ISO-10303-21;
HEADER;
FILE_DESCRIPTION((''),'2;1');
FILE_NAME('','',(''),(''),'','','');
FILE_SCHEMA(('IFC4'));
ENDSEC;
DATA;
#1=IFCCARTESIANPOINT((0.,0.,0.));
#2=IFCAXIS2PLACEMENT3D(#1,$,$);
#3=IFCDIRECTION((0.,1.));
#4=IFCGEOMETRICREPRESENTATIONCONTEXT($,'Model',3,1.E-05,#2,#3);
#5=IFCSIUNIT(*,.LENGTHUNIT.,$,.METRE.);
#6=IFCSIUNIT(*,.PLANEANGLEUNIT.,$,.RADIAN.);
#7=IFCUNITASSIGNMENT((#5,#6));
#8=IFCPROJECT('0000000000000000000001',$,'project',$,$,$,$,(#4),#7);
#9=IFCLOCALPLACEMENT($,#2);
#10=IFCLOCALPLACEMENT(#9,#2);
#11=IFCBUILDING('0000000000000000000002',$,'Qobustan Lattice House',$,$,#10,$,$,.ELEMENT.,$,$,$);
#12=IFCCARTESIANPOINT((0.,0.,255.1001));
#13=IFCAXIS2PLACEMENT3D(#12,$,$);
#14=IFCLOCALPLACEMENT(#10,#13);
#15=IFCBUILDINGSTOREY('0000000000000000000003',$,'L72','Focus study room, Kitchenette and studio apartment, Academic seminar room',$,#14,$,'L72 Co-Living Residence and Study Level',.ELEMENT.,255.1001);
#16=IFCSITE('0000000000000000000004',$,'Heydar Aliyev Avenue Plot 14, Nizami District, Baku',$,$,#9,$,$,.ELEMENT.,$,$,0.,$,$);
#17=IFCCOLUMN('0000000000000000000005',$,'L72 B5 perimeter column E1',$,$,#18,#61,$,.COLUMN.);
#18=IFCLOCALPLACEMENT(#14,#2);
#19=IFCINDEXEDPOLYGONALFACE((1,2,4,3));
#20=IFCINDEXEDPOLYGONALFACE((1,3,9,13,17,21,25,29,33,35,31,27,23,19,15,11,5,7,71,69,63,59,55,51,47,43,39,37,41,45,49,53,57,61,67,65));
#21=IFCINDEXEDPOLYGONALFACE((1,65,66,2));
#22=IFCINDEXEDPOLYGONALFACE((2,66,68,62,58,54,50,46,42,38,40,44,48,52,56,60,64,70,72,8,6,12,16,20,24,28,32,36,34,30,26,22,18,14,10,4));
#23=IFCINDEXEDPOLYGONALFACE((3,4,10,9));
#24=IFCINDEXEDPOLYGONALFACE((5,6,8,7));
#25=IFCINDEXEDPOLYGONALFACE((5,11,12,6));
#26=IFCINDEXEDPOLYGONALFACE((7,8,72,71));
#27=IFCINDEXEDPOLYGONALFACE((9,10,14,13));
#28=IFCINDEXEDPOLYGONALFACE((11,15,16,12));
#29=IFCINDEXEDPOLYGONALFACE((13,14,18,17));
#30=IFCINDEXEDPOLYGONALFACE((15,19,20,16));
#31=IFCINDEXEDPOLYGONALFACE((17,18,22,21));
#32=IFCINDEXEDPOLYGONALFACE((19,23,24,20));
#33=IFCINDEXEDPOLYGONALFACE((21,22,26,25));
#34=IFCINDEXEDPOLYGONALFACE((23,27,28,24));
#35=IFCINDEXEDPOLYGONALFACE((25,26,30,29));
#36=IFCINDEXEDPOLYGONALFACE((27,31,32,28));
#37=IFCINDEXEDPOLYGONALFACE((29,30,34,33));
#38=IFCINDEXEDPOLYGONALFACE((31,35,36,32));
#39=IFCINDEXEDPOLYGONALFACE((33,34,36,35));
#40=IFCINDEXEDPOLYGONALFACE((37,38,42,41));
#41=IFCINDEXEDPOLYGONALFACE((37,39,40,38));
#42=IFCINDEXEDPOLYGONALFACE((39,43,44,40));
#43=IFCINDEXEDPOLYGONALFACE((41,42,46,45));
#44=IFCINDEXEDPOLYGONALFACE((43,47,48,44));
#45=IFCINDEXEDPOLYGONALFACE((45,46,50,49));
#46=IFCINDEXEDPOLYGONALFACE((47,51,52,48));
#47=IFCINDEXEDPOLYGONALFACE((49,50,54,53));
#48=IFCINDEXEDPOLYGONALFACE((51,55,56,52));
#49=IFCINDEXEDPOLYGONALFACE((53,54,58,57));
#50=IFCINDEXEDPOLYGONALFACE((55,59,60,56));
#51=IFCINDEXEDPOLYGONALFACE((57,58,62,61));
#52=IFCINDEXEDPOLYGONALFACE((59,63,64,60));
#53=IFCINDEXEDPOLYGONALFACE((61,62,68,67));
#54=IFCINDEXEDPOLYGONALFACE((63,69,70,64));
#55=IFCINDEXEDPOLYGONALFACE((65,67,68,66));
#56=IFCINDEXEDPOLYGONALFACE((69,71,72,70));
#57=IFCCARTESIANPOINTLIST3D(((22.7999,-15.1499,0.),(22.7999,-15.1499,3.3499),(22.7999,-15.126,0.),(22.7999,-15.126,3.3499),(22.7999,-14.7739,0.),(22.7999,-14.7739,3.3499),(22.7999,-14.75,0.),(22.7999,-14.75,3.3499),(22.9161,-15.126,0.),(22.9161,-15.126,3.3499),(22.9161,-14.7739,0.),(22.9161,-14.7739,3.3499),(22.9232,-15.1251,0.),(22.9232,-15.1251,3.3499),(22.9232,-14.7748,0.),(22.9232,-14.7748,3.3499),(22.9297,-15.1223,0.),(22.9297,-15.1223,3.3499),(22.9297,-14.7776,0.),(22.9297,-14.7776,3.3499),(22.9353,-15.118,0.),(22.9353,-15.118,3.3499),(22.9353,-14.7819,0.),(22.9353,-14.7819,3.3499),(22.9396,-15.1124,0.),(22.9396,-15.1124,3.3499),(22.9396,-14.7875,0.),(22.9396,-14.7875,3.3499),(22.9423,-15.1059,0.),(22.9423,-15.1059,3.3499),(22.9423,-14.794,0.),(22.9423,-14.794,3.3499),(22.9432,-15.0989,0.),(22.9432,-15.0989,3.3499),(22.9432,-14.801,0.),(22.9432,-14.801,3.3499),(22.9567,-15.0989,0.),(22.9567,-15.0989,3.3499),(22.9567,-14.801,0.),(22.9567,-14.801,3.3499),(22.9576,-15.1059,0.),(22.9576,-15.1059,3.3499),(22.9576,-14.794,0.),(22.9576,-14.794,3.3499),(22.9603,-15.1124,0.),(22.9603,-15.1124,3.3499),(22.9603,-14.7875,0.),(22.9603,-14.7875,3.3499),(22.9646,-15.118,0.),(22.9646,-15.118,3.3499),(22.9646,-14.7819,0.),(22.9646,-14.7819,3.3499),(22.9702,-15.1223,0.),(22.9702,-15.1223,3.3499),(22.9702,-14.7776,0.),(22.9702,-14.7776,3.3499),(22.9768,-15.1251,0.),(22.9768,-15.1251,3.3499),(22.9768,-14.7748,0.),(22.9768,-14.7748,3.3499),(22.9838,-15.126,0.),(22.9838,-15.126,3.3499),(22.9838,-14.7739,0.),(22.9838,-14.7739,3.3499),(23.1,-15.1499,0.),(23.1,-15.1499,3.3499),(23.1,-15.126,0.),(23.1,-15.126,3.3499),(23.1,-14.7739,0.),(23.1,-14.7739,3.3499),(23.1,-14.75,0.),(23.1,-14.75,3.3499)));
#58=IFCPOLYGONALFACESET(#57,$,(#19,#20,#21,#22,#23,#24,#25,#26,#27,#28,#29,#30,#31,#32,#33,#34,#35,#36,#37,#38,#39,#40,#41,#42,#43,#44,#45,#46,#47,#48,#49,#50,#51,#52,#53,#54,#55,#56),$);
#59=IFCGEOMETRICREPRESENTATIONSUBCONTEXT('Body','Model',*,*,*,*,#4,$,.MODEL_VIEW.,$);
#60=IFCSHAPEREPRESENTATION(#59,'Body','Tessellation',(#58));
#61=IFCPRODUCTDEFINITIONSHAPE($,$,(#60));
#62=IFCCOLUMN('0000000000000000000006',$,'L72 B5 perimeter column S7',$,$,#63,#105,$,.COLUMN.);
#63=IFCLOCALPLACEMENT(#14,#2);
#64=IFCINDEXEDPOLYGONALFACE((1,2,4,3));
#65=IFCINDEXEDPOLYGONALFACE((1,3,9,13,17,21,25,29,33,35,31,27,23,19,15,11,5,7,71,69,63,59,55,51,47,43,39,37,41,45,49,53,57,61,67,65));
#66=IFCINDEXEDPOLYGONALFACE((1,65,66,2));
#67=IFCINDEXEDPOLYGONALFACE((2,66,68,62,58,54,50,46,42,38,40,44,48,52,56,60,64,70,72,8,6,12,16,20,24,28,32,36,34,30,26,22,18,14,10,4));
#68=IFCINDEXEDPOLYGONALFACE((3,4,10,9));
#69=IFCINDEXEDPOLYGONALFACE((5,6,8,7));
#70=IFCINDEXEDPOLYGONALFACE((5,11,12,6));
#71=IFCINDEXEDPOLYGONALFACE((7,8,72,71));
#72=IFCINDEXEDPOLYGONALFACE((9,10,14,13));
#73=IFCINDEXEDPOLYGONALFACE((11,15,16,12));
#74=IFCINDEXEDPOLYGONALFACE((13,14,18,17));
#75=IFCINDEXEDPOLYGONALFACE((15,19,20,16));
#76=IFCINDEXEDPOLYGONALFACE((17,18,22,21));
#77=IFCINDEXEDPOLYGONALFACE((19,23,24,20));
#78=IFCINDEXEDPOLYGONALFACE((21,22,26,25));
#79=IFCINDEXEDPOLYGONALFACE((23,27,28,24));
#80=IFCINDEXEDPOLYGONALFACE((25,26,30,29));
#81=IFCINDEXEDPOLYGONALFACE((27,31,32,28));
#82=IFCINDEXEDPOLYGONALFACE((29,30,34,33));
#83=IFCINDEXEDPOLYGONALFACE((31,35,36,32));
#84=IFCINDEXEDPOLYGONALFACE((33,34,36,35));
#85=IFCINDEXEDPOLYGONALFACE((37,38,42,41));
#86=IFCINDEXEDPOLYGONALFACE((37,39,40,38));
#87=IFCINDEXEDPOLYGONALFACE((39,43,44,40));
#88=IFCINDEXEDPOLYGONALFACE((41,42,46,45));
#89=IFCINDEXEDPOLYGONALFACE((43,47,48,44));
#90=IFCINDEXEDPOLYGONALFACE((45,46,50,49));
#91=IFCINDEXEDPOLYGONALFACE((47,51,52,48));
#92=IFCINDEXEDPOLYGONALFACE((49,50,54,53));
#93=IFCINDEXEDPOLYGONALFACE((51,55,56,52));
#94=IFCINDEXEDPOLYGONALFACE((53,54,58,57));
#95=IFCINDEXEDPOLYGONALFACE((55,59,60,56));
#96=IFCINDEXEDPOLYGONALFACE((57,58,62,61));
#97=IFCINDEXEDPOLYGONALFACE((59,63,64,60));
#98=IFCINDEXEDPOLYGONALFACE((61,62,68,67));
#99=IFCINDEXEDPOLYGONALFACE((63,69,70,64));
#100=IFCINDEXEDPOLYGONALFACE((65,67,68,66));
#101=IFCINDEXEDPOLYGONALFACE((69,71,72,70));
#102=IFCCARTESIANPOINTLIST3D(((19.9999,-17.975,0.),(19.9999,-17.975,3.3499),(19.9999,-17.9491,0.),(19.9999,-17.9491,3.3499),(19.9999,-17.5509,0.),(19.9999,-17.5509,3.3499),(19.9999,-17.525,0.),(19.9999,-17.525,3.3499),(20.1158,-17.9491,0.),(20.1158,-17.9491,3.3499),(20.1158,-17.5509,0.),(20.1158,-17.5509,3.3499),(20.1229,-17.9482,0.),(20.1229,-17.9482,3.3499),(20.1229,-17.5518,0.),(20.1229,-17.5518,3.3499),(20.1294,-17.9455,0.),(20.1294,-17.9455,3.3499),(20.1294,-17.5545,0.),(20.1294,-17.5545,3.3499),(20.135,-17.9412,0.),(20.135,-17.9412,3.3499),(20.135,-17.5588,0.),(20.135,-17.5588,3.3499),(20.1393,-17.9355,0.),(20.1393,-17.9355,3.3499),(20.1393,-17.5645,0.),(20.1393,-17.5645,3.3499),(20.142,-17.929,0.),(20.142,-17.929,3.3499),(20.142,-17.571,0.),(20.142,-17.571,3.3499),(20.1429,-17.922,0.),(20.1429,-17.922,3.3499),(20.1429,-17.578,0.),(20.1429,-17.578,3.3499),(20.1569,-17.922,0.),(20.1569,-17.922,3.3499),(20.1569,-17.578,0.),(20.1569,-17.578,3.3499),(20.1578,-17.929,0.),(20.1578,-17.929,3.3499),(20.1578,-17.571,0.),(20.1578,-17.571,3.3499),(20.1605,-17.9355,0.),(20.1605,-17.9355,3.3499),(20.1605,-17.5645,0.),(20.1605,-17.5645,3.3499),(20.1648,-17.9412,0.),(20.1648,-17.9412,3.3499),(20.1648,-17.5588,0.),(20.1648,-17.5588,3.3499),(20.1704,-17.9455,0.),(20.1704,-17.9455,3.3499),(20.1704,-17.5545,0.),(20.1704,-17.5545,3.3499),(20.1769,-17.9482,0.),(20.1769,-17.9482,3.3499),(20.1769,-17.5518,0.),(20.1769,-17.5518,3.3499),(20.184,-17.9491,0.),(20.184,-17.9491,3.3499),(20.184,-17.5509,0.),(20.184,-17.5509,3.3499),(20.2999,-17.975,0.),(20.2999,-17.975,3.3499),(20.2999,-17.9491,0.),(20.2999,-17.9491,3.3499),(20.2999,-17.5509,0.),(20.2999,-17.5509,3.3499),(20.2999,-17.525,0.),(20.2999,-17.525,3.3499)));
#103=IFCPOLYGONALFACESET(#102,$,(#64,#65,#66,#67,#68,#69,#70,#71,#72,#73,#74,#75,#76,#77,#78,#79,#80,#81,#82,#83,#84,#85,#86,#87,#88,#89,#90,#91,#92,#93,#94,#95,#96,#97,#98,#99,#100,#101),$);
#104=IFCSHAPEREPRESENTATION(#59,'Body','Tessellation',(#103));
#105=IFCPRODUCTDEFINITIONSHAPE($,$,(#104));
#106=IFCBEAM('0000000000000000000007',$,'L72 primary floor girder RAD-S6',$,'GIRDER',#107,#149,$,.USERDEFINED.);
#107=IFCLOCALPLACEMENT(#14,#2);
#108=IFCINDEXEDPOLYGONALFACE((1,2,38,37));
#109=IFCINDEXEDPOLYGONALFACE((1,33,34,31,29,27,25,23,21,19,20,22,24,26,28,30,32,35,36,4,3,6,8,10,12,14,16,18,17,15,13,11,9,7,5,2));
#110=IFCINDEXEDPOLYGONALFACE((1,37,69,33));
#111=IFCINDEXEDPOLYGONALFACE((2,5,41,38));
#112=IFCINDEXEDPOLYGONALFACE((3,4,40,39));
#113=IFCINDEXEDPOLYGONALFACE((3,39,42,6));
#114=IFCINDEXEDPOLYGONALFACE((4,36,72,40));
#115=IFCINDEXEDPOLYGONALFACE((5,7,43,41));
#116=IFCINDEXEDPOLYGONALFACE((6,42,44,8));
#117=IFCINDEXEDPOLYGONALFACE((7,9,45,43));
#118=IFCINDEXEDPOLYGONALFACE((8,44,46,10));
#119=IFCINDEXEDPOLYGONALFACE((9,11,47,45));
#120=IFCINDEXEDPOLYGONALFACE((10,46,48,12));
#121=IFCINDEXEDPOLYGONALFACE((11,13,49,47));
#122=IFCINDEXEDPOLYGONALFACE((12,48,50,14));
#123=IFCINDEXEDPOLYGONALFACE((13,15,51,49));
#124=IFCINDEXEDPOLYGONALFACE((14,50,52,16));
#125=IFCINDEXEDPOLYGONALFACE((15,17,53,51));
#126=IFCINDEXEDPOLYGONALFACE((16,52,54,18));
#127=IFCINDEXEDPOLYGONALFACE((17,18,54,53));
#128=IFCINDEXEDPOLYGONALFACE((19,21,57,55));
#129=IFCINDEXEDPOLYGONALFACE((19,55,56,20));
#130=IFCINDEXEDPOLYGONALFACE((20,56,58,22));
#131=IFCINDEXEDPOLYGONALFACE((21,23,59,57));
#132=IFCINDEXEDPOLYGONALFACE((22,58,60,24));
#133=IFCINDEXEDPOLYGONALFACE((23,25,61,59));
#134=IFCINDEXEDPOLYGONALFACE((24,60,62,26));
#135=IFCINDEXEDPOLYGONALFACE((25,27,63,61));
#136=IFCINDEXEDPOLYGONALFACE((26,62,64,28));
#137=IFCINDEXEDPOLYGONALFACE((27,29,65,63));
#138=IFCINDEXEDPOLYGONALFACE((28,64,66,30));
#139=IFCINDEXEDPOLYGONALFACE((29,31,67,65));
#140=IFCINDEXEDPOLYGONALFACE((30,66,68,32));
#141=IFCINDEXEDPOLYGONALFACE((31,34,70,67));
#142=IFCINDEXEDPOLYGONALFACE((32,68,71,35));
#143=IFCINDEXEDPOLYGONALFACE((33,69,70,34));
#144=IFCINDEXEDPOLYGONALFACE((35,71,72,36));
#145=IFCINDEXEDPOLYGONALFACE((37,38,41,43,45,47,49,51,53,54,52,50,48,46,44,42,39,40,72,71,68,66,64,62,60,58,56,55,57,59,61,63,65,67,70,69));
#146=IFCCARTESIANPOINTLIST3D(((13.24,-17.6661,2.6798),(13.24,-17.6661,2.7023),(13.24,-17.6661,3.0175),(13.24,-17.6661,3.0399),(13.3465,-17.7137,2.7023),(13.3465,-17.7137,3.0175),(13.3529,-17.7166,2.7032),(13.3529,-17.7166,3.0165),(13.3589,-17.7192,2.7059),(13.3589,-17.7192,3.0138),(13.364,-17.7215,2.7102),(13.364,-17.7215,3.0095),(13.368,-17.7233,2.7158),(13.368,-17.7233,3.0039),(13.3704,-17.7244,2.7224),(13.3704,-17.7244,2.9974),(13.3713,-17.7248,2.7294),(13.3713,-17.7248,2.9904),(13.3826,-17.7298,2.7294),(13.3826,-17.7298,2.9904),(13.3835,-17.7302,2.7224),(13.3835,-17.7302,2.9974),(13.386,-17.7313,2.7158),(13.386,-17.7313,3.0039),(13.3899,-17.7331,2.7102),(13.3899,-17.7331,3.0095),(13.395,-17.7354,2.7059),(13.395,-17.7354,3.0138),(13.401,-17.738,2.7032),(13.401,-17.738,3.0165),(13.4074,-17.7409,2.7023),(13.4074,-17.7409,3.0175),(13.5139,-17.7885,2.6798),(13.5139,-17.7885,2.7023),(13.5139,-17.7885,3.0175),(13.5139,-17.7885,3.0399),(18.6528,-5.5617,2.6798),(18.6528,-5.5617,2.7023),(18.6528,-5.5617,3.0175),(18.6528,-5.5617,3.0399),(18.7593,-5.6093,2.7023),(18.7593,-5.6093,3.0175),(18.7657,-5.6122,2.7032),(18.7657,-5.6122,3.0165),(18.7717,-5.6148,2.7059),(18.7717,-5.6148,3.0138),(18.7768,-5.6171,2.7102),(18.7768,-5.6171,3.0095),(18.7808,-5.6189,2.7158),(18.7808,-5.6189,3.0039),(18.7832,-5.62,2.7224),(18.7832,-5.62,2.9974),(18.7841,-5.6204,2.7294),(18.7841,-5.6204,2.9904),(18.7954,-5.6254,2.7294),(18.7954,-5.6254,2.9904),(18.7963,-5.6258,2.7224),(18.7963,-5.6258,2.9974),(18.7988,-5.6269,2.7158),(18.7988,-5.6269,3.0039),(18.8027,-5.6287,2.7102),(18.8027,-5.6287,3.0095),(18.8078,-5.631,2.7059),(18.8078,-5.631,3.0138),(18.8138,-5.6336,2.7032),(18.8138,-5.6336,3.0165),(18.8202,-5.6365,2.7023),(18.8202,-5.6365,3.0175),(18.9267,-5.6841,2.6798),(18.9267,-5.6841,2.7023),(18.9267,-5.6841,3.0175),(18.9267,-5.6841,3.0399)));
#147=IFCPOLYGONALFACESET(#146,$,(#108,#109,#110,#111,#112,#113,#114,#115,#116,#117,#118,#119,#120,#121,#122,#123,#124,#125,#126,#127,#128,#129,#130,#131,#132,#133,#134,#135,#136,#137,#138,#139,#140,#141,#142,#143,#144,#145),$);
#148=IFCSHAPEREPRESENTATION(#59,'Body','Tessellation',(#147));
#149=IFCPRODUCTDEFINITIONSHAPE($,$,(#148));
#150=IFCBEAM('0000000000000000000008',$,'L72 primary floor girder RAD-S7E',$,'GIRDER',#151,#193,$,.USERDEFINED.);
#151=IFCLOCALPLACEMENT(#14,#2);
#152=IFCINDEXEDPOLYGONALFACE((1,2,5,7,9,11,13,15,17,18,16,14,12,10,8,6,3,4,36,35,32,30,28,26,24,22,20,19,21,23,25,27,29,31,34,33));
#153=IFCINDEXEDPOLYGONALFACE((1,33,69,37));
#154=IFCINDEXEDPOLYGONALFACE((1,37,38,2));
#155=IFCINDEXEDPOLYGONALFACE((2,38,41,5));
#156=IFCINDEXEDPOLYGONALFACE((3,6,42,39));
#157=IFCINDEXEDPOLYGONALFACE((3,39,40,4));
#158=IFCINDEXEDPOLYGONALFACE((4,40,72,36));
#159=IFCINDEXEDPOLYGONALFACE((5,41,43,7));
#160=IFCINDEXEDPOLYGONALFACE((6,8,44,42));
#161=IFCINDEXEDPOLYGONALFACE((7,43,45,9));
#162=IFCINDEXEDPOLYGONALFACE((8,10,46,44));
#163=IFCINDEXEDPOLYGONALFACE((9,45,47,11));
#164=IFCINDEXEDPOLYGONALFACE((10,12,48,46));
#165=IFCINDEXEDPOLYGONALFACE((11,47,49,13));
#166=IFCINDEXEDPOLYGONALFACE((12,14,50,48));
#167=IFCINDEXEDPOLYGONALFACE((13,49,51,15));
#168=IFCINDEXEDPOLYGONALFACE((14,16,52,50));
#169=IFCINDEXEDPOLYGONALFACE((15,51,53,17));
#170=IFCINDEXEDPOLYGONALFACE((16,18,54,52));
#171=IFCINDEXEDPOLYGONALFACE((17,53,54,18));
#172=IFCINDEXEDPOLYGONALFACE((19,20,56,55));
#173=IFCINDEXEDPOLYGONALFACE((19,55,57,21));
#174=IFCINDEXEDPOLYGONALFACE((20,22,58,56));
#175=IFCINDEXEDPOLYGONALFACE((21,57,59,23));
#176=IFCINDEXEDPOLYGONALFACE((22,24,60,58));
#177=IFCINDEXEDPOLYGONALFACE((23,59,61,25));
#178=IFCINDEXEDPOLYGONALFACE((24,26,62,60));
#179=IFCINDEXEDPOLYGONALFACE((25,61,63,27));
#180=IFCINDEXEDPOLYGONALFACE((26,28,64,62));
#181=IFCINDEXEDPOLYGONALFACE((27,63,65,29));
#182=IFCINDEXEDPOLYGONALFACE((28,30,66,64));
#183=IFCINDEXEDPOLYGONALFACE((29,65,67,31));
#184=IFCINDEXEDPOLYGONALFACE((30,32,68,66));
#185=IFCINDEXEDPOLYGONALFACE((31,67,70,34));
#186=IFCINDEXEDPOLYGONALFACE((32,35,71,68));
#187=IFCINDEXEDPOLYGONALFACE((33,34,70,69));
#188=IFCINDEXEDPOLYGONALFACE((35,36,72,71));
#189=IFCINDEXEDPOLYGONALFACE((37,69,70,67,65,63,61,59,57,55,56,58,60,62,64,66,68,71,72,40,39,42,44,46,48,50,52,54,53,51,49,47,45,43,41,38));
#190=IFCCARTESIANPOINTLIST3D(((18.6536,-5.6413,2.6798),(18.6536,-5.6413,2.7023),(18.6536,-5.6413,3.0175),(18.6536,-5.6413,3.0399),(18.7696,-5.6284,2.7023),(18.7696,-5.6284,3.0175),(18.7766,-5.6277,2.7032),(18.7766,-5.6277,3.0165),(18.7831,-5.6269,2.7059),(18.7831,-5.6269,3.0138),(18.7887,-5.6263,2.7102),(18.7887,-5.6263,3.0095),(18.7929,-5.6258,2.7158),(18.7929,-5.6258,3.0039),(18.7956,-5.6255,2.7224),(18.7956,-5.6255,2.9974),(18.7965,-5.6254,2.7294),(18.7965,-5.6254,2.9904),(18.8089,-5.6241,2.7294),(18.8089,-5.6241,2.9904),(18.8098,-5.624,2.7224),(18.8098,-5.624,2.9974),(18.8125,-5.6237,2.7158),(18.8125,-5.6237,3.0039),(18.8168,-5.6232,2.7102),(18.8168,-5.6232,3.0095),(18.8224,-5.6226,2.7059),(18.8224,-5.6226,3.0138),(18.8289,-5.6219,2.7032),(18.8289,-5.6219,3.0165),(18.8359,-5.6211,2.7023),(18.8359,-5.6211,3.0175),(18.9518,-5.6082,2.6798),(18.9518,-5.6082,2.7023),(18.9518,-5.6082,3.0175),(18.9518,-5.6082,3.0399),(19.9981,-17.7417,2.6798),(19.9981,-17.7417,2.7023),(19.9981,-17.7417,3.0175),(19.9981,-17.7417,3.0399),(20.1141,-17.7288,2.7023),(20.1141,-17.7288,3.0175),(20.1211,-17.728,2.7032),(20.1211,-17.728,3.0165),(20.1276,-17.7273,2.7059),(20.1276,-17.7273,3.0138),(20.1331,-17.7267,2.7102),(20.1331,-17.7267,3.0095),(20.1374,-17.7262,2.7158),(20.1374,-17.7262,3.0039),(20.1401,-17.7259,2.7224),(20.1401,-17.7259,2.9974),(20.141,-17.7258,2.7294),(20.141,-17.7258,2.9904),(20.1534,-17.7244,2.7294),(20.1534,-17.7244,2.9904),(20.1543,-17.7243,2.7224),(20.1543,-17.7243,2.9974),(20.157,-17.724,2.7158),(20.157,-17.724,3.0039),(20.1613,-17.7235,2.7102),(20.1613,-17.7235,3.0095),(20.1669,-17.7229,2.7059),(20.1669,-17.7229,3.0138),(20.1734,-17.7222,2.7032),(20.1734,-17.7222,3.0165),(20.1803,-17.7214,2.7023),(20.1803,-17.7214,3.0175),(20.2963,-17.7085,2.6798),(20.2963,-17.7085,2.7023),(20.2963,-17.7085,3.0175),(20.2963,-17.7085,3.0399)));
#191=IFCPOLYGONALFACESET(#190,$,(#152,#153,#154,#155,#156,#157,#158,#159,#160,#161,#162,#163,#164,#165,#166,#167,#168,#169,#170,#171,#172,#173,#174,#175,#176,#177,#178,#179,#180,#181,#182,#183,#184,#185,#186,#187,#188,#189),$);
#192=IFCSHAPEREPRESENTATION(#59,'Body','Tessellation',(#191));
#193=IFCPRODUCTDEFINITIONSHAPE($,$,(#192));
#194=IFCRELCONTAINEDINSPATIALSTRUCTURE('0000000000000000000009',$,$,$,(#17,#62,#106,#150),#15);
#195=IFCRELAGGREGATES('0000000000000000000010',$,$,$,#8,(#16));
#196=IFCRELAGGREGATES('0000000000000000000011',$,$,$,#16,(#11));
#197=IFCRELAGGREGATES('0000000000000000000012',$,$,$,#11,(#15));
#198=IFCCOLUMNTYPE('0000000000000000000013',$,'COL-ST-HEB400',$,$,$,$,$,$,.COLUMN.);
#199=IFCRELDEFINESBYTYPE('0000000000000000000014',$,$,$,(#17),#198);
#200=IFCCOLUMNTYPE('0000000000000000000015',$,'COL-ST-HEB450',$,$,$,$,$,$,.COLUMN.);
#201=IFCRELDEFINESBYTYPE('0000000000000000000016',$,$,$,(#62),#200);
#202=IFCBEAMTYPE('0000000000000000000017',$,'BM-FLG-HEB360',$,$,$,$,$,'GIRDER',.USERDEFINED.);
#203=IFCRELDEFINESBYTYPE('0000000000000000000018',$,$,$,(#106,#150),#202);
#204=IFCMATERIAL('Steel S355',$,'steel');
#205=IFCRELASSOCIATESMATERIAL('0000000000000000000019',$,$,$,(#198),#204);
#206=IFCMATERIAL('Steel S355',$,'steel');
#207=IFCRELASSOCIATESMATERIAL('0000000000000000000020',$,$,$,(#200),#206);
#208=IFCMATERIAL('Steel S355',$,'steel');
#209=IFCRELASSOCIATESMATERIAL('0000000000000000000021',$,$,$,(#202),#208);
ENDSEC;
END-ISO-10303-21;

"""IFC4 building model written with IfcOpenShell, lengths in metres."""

from ifc_helpers import new_model, si_unit, direction, frame, origin, origin_2d, place, context, subcontext, project, spatial, i_section, extrude, material, material_profile, profile_set, type_object, element, save


model = new_model("IFC4")

# Units and contexts
model_context = context("Model", 3, precision=1e-05, world=origin(), true_north=direction((0.0, 1.0)))
body_context = subcontext(model_context, "Body", "Model", "MODEL_VIEW")
ifc_project = project(units=[si_unit("LENGTHUNIT", "METRE"), si_unit("PLANEANGLEUNIT", "RADIAN")], contexts=[model_context])

# Site, building, storey
site_placement = place(None, origin())
site = spatial("IfcSite", under=ifc_project, at=site_placement, Name="Heydar Aliyev Avenue Plot 14, Nizami District, Baku", CompositionType="ELEMENT", RefElevation=0.0)
building_placement = place(site_placement, origin())
building = spatial("IfcBuilding", under=site, at=building_placement, Name="Qobustan Lattice House", CompositionType="ELEMENT")
storey_placement = place(building_placement, frame((0.0, 0.0, 255.1001)))
storey = spatial("IfcBuildingStorey", under=building, at=storey_placement, Name="L72", Description="Focus study room, Kitchenette and studio apartment, Academic seminar room", LongName="L72 Co-Living Residence and Study Level", CompositionType="ELEMENT", Elevation=255.1001)

# Columns
ifc_material_1 = material(Name="Steel S355", Category="steel")
ifc_material_profile_1 = material_profile(ifc_material_1, i_section(OverallWidth=0.3, OverallDepth=0.3999, WebThickness=0.0134, FlangeThickness=0.0239, FilletRadius=0.0271, at=origin_2d()), Name="HEB400")
ifc_profile_set_1 = profile_set([ifc_material_profile_1], Name="Steel S355")
column_type_1 = type_object("IfcColumnType", Name="COL-ST-HEB400", PredefinedType="COLUMN", material=ifc_profile_set_1)
column_1_placement = place(storey_placement, frame((22.95, -14.95, 0.0), z_axis=(0.0, 0.0, 1.0), x_axis=(1.0, 0.0, 0.0)))
element("IfcColumn", 1, at=column_1_placement, inside=storey, type_object=column_type_1, Name="L72 B5 perimeter column E1", PredefinedType="COLUMN", context=body_context, shape_type="SweptSolid", body=[
    extrude(i_section(OverallWidth=0.3, OverallDepth=0.3999, WebThickness=0.0134, FlangeThickness=0.0239, FilletRadius=0.0271, at=origin_2d()), origin(), (0.0, 0.0, 1.0), 3.3499),
])
ifc_material_2 = material(Name="Steel S355", Category="steel")
ifc_material_profile_2 = material_profile(ifc_material_2, i_section(OverallWidth=0.3, OverallDepth=0.45, WebThickness=0.0139, FlangeThickness=0.0259, FilletRadius=0.0271, at=origin_2d()), Name="HEB450")
ifc_profile_set_2 = profile_set([ifc_material_profile_2], Name="Steel S355")
column_type_2 = type_object("IfcColumnType", Name="COL-ST-HEB450", PredefinedType="COLUMN", material=ifc_profile_set_2)
column_2_placement = place(storey_placement, frame((20.1499, -17.75, 0.0), z_axis=(0.0, 0.0, 1.0), x_axis=(1.0, 0.0, 0.0)))
element("IfcColumn", 2, at=column_2_placement, inside=storey, type_object=column_type_2, Name="L72 B5 perimeter column S7", PredefinedType="COLUMN", context=body_context, shape_type="SweptSolid", body=[
    extrude(i_section(OverallWidth=0.3, OverallDepth=0.45, WebThickness=0.0139, FlangeThickness=0.0259, FilletRadius=0.0271, at=origin_2d()), origin(), (0.0, 0.0, 1.0), 3.3499),
])

# Beams
ifc_material_3 = material(Name="Steel S355", Category="steel")
ifc_material_profile_3 = material_profile(ifc_material_3, i_section(OverallWidth=0.3, OverallDepth=0.3601, WebThickness=0.0125, FlangeThickness=0.0225, FilletRadius=0.0271, at=origin_2d()), Name="HEB360")
ifc_profile_set_3 = profile_set([ifc_material_profile_3], Name="Steel S355")
beam_type_1 = type_object("IfcBeamType", Name="BM-FLG-HEB360", ElementType="GIRDER", PredefinedType="USERDEFINED", material=ifc_profile_set_3)
beam_1_placement = place(storey_placement, frame((13.377, -17.7273, 2.8599), z_axis=(0.40822, 0.912884, 0.0), x_axis=(-0.912884, 0.40822, 0.0)))
element("IfcBeam", 3, at=beam_1_placement, inside=storey, type_object=beam_type_1, Name="L72 primary floor girder RAD-S6", ObjectType="GIRDER", PredefinedType="USERDEFINED", context=body_context, shape_type="SweptSolid", body=[
    extrude(i_section(OverallWidth=0.3, OverallDepth=0.3601, WebThickness=0.0125, FlangeThickness=0.0225, FilletRadius=0.0271, at=origin_2d()), origin(), (0.0, 0.0, 1.0), 13.2595),
])
beam_2_placement = place(storey_placement, frame((20.1472, -17.7251, 2.8599), z_axis=(-0.110432, 0.993884, 0.0), x_axis=(-0.993884, -0.110432, 0.0)))
element("IfcBeam", 4, at=beam_2_placement, inside=storey, type_object=beam_type_1, Name="L72 primary floor girder RAD-S7E", ObjectType="GIRDER", PredefinedType="USERDEFINED", context=body_context, shape_type="SweptSolid", body=[
    extrude(i_section(OverallWidth=0.3, OverallDepth=0.3601, WebThickness=0.0125, FlangeThickness=0.0225, FilletRadius=0.0271, at=origin_2d()), origin(), (0.0, 0.0, 1.0), 12.1748),
])

save(model, "model.ifc")
